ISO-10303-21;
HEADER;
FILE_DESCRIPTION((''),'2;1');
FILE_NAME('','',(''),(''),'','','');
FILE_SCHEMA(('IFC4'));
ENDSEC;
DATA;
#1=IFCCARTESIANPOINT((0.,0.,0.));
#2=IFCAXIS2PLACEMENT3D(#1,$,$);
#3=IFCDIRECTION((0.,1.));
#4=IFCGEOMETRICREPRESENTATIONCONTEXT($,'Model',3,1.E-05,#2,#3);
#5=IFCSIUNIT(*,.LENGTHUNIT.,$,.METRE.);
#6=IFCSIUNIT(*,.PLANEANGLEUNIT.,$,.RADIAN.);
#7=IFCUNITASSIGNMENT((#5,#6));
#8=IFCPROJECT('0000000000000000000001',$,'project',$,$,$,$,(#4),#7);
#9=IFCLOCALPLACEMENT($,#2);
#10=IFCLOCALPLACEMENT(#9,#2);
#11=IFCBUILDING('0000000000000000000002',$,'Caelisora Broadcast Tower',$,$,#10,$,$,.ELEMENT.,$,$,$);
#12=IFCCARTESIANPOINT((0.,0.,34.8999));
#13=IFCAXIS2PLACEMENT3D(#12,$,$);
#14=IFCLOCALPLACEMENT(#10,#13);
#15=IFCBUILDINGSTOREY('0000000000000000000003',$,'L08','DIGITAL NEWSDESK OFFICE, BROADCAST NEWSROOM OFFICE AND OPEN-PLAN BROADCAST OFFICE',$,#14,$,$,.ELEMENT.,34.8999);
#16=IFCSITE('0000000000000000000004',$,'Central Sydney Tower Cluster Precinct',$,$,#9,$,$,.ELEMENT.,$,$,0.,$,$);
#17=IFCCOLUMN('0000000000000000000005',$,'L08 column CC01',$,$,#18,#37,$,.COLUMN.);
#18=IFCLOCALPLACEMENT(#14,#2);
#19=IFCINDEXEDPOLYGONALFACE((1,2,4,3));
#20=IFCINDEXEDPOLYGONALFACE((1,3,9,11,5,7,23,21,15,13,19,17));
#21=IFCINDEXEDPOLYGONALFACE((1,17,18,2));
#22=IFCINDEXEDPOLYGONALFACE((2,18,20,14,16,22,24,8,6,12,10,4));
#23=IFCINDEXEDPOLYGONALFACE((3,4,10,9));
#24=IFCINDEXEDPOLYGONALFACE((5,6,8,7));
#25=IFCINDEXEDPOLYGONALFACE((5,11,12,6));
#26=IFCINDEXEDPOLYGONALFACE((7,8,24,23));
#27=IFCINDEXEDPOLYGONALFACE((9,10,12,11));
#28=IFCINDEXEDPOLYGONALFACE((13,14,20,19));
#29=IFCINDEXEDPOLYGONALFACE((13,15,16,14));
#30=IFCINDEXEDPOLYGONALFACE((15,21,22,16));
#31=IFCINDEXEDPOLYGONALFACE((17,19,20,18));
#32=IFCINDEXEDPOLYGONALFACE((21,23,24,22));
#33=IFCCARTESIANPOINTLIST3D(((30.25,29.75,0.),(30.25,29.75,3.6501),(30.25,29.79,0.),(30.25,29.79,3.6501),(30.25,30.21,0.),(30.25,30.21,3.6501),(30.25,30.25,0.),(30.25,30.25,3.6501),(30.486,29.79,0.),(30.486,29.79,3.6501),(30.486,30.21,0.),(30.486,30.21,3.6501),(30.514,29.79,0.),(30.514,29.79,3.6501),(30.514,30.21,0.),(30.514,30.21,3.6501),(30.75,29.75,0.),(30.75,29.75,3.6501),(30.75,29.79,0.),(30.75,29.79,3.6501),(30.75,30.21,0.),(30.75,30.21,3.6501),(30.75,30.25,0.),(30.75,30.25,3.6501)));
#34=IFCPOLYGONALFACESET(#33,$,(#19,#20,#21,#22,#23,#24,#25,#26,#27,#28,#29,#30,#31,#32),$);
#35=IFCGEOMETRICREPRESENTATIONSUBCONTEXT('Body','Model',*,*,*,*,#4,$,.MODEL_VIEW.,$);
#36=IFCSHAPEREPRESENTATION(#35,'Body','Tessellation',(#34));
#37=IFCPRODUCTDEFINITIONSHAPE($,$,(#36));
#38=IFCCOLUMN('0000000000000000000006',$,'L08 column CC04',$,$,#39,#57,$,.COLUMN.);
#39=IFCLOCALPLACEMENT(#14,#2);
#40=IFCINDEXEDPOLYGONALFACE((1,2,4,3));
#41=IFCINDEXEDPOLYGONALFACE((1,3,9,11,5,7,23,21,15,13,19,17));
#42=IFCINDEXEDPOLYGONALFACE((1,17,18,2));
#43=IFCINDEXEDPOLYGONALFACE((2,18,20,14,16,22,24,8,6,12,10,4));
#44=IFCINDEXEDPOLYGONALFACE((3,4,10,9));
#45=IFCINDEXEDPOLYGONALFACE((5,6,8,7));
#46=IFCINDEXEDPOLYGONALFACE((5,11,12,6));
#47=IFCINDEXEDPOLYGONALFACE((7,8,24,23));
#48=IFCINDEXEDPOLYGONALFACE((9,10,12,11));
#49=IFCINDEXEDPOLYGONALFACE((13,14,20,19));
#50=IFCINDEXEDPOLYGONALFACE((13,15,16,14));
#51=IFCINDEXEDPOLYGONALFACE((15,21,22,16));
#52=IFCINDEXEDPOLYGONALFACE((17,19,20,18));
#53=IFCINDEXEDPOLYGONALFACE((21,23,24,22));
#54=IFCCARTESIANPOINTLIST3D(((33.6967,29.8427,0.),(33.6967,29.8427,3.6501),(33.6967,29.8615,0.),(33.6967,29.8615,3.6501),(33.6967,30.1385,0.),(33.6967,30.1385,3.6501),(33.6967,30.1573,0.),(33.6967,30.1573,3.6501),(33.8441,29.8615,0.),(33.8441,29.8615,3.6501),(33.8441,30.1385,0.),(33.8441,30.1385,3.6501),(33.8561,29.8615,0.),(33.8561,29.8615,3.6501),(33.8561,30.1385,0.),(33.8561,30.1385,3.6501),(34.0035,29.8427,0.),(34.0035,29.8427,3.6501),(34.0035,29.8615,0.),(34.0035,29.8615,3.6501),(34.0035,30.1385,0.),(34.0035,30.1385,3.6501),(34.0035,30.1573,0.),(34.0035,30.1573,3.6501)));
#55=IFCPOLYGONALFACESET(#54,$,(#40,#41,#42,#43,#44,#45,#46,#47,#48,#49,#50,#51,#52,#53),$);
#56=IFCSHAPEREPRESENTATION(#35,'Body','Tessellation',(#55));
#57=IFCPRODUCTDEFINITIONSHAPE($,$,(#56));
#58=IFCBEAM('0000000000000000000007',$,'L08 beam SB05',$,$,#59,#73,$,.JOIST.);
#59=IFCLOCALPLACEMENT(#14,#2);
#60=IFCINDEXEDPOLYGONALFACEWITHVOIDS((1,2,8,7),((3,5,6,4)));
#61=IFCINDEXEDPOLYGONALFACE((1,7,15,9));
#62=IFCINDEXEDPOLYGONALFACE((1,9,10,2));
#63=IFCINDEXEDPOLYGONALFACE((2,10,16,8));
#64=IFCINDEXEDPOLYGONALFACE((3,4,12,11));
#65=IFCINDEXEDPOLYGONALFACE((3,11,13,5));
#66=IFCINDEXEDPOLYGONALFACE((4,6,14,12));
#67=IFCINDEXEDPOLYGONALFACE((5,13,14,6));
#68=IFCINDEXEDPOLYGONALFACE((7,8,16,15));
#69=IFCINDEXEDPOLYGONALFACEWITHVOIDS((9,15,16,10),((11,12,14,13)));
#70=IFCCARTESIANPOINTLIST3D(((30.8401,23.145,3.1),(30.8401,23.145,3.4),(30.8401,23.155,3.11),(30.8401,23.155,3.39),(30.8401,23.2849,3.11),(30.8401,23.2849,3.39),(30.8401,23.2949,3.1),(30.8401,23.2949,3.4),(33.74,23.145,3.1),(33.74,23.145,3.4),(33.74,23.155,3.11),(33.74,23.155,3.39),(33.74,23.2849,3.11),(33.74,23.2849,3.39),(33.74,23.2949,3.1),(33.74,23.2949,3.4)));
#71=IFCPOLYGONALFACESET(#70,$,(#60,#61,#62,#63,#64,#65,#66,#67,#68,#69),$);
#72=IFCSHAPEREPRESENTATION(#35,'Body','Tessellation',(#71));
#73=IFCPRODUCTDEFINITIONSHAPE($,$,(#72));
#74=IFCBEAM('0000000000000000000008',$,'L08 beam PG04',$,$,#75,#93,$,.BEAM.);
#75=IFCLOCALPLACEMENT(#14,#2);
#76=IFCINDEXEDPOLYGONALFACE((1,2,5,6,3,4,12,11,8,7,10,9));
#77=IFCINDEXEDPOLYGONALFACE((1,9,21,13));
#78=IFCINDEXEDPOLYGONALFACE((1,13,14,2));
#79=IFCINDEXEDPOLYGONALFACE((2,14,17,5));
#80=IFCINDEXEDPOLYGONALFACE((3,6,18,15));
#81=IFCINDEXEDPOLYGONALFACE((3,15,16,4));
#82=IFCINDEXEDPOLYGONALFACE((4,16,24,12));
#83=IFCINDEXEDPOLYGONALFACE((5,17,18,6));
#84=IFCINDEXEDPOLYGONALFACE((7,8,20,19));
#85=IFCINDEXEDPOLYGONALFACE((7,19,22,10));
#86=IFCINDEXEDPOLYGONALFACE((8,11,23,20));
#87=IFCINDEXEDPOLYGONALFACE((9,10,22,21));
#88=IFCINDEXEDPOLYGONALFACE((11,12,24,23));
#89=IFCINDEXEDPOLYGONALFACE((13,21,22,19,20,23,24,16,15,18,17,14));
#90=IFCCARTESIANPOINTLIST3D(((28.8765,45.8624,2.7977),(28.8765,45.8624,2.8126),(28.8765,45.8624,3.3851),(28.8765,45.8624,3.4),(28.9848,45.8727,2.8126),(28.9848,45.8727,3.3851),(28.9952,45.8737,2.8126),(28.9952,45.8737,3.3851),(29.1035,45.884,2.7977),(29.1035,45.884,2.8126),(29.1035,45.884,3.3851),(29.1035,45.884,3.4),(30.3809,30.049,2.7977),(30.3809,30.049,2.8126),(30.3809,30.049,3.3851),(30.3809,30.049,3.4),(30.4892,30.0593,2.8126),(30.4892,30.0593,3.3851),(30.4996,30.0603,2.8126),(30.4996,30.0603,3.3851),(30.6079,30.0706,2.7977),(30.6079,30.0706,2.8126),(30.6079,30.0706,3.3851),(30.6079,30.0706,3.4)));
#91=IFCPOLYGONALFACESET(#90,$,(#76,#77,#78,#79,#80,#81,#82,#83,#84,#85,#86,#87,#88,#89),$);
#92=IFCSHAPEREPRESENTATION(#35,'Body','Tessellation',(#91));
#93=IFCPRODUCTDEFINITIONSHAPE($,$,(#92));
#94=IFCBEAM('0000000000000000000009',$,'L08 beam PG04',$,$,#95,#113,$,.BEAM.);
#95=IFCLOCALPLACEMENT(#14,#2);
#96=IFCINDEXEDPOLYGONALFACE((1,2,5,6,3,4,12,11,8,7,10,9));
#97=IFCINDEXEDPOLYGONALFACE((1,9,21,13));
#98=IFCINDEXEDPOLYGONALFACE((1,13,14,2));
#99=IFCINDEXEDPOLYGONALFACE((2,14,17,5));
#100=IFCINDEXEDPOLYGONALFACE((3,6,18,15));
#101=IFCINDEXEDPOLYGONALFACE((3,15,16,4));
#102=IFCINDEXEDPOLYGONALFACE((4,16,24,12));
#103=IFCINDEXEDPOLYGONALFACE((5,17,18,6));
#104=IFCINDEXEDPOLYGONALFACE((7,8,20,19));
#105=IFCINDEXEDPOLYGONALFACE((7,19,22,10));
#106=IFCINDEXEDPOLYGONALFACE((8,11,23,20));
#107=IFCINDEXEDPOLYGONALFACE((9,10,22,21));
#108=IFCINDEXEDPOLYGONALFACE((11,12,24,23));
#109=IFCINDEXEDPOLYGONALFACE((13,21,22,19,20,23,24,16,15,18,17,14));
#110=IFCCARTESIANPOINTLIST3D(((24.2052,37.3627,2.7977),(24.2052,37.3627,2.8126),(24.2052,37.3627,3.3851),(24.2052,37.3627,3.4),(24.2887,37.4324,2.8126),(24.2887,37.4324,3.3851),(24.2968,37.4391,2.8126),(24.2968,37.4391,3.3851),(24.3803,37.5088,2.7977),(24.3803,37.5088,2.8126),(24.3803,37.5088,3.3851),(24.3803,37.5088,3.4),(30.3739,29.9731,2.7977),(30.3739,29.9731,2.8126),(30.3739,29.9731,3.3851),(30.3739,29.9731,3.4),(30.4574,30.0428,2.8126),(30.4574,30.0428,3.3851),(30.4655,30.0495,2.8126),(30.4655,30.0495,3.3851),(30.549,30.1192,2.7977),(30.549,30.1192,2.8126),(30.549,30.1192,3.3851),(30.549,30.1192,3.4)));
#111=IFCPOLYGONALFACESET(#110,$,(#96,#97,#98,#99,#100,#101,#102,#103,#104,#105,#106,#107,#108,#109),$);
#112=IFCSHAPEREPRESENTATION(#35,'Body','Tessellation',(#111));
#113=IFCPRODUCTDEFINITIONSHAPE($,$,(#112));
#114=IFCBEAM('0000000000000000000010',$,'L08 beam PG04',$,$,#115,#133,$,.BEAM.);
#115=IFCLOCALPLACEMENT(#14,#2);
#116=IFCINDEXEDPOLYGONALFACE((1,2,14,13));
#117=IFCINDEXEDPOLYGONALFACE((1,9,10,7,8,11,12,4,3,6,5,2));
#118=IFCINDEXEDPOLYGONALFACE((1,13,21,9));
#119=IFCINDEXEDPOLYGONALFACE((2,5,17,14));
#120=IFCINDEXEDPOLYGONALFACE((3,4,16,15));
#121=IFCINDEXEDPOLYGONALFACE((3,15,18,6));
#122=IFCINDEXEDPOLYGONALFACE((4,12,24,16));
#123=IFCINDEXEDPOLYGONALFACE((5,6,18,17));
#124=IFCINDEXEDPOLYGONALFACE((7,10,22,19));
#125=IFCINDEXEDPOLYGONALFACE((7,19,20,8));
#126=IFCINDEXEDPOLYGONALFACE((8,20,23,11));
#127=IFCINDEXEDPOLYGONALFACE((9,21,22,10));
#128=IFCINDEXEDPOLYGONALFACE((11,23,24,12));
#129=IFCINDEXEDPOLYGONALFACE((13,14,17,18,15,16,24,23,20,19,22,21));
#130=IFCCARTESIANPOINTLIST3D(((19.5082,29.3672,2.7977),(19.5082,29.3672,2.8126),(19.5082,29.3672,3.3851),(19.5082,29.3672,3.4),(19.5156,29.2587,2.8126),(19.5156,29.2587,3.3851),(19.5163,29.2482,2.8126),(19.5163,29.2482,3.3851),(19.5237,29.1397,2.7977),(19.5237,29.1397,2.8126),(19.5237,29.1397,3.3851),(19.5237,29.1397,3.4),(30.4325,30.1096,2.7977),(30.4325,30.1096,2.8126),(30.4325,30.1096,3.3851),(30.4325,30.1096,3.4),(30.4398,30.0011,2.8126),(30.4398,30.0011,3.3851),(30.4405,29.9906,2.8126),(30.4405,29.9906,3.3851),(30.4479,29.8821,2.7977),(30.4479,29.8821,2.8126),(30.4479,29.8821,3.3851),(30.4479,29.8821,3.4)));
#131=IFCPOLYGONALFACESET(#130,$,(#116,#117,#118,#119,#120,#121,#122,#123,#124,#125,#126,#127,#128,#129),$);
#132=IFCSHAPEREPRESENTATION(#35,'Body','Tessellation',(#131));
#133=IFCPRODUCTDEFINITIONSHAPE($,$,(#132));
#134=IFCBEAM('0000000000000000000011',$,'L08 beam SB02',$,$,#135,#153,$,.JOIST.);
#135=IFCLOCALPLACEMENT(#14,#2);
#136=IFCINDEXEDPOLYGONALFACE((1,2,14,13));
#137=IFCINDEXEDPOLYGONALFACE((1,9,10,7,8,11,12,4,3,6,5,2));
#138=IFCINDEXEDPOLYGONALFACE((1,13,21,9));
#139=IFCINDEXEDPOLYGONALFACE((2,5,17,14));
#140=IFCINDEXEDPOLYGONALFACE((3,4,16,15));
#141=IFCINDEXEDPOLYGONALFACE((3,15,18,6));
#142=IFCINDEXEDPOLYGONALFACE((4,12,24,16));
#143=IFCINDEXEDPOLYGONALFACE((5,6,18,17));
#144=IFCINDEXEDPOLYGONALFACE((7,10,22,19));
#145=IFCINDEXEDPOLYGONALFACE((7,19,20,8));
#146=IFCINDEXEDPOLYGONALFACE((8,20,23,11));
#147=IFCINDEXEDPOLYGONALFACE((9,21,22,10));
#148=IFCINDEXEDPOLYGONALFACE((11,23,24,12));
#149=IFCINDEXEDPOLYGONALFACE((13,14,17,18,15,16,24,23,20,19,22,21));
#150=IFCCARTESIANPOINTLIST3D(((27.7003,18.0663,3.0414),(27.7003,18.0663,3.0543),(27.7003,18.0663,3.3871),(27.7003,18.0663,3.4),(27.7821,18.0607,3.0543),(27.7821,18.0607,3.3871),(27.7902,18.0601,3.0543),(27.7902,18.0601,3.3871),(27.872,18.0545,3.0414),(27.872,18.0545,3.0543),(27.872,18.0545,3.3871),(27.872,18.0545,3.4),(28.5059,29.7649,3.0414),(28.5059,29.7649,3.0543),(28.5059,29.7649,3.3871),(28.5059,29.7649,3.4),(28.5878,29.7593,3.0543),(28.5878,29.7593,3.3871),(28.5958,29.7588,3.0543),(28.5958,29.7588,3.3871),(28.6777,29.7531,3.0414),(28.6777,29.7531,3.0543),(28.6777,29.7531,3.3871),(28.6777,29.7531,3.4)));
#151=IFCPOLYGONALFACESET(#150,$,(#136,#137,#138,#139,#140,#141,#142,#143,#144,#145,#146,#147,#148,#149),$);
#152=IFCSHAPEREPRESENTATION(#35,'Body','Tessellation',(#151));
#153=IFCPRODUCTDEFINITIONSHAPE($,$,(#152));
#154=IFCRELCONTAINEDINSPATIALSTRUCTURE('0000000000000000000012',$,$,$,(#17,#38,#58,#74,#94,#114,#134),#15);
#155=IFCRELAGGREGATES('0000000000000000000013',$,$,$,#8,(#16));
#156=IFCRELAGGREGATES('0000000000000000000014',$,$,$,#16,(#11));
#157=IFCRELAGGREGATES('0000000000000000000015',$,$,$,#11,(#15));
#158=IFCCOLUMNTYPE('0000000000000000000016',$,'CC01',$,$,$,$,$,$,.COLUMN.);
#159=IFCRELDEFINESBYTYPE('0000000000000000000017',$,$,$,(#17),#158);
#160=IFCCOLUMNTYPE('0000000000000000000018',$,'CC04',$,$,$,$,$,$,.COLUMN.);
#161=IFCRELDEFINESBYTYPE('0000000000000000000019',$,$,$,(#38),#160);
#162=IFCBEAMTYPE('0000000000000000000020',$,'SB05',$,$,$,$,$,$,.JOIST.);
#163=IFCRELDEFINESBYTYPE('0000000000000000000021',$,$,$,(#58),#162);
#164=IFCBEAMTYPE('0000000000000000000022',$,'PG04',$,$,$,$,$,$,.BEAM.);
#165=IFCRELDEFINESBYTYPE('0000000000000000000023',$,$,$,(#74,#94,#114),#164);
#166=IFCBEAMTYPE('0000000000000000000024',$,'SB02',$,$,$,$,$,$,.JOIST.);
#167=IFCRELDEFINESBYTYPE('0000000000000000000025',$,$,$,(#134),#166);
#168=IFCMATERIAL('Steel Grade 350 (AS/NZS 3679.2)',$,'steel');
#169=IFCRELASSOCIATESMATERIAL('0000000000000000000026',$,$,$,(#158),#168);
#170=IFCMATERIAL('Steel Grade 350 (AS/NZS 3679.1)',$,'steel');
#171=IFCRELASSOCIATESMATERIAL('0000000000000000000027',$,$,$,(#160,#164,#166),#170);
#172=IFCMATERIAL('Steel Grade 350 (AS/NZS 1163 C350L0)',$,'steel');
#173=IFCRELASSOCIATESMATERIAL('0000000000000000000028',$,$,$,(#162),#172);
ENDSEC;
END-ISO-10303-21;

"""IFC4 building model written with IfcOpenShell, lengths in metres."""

from ifc_helpers import new_model, si_unit, direction, frame, origin, origin_2d, place, context, subcontext, project, spatial, hollow_rectangle, i_section, extrude, source, transform, mapped, material, material_profile, profile_set, type_object, type_shapes, element, save


model = new_model("IFC4")

# Units and contexts
model_context = context("Model", 3, precision=1e-05, world=origin(), true_north=direction((0.0, 1.0)))
body_context = subcontext(model_context, "Body", "Model", "MODEL_VIEW")
ifc_project = project(units=[si_unit("LENGTHUNIT", "METRE"), si_unit("PLANEANGLEUNIT", "RADIAN")], contexts=[model_context])

# Site, building, storey
site_placement = place(None, origin())
site = spatial("IfcSite", under=ifc_project, at=site_placement, Name="Central Sydney Tower Cluster Precinct", CompositionType="ELEMENT", RefElevation=0.0)
building_placement = place(site_placement, origin())
building = spatial("IfcBuilding", under=site, at=building_placement, Name="Caelisora Broadcast Tower", CompositionType="ELEMENT")
storey_placement = place(building_placement, frame((0.0, 0.0, 34.8999)))
storey = spatial("IfcBuildingStorey", under=building, at=storey_placement, Name="L08", Description="DIGITAL NEWSDESK OFFICE, BROADCAST NEWSROOM OFFICE AND OPEN-PLAN BROADCAST OFFICE", CompositionType="ELEMENT", Elevation=34.8999)

# Columns
ifc_material_1 = material(Name="Steel Grade 350 (AS/NZS 3679.2)", Category="steel")
ifc_material_profile_1 = material_profile(ifc_material_1, i_section(OverallWidth=0.5, OverallDepth=0.5, WebThickness=0.0281, FlangeThickness=0.04, at=origin_2d()), Name="Steel Grade 350 (AS/NZS 3679.2)")
ifc_profile_set_1 = profile_set([ifc_material_profile_1], Name="Steel Grade 350 (AS/NZS 3679.2)")
column_type_1 = type_object("IfcColumnType", Name="CC01", PredefinedType="COLUMN", material=ifc_profile_set_1)
shared_shape_1 = source(origin(), body_context, "Body", "SweptSolid", [
    extrude(i_section(OverallWidth=0.5, OverallDepth=0.5, WebThickness=0.0281, FlangeThickness=0.04, at=origin_2d()), origin(), (0.0, 0.0, 1.0), 3.6501),
])
type_shapes(column_type_1, [shared_shape_1])
column_1_placement = place(storey_placement, frame((30.5, 30.0, 0.0), z_axis=(0.0, 0.0, 1.0), x_axis=(1.0, 0.0, 0.0)))
element("IfcColumn", 1, at=column_1_placement, inside=storey, type_object=column_type_1, Name="L08 column CC01", PredefinedType="COLUMN", context=body_context, shape_type="MappedRepresentation", body=[
    mapped(shared_shape_1, transform((0.0, 0.0, 0.0), scale=1.0)),
])
ifc_material_2 = material(Name="Steel Grade 350 (AS/NZS 3679.1)", Category="steel")
ifc_material_profile_2 = material_profile(ifc_material_2, i_section(OverallWidth=0.3069, OverallDepth=0.3147, WebThickness=0.012, FlangeThickness=0.0188, at=origin_2d()), Name="Steel Grade 350 (AS/NZS 3679.1)")
ifc_profile_set_2 = profile_set([ifc_material_profile_2], Name="Steel Grade 350 (AS/NZS 3679.1)")
column_type_2 = type_object("IfcColumnType", Name="CC04", PredefinedType="COLUMN", material=ifc_profile_set_2)
shared_shape_2 = source(origin(), body_context, "Body", "SweptSolid", [
    extrude(i_section(OverallWidth=0.3069, OverallDepth=0.3147, WebThickness=0.012, FlangeThickness=0.0188, at=origin_2d()), origin(), (0.0, 0.0, 1.0), 3.6501),
])
type_shapes(column_type_2, [shared_shape_2])
column_2_placement = place(storey_placement, frame((33.8501, 30.0, 0.0), z_axis=(0.0, 0.0, 1.0), x_axis=(1.0, 0.0, 0.0)))
element("IfcColumn", 2, at=column_2_placement, inside=storey, type_object=column_type_2, Name="L08 column CC04", PredefinedType="COLUMN", context=body_context, shape_type="MappedRepresentation", body=[
    mapped(shared_shape_2, transform((0.0, 0.0, 0.0), scale=1.0)),
])

# Beams
ifc_material_3 = material(Name="Steel Grade 350 (AS/NZS 1163 C350L0)", Category="steel")
ifc_material_profile_3 = material_profile(ifc_material_3, hollow_rectangle(XDim=0.1499, YDim=0.3, WallThickness=0.01, at=origin_2d()), Name="Steel Grade 350 (AS/NZS 1163 C350L0)")
ifc_profile_set_3 = profile_set([ifc_material_profile_3], Name="Steel Grade 350 (AS/NZS 1163 C350L0)")
beam_type_1 = type_object("IfcBeamType", Name="SB05", PredefinedType="JOIST", material=ifc_profile_set_3)
shared_shape_3 = source(origin(), body_context, "Body", "SweptSolid", [
    extrude(hollow_rectangle(XDim=0.1499, YDim=0.3, WallThickness=0.01, at=origin_2d()), origin(), (0.0, 0.0, 1.0), 2.8999),
])
type_shapes(beam_type_1, [shared_shape_3])
beam_1_placement = place(storey_placement, frame((30.8401, 23.22, 3.25), z_axis=(1.0, 0.0, 0.0), x_axis=(0.0, 1.0, 0.0)))
element("IfcBeam", 3, at=beam_1_placement, inside=storey, type_object=beam_type_1, Name="L08 beam SB05", PredefinedType="JOIST", context=body_context, shape_type="MappedRepresentation", body=[
    mapped(shared_shape_3, transform((0.0, 0.0, 0.0), scale=1.0)),
])
ifc_material_profile_4 = material_profile(ifc_material_2, i_section(OverallWidth=0.228, OverallDepth=0.6023, WebThickness=0.0105, FlangeThickness=0.0149, at=origin_2d()), Name="Steel Grade 350 (AS/NZS 3679.1)")
ifc_profile_set_4 = profile_set([ifc_material_profile_4], Name="Steel Grade 350 (AS/NZS 3679.1)")
beam_type_2 = type_object("IfcBeamType", Name="PG04", PredefinedType="BEAM", material=ifc_profile_set_4)
shared_shape_4 = source(origin(), body_context, "Body", "SweptSolid", [
    extrude(i_section(OverallWidth=0.228, OverallDepth=0.6023, WebThickness=0.0105, FlangeThickness=0.0149, at=origin_2d()), origin(), (0.0, 0.0, 1.0), 15.8848),
])
beam_2_placement = place(storey_placement, frame((30.4944, 30.0598, 3.0989), z_axis=(-0.094706, 0.995505, 0.0), x_axis=(-0.995505, -0.094706, 0.0)))
element("IfcBeam", 4, at=beam_2_placement, inside=storey, type_object=beam_type_2, Name="L08 beam PG04", PredefinedType="BEAM", context=body_context, shape_type="MappedRepresentation", body=[
    mapped(shared_shape_4, transform((0.0, 0.0, 0.0), scale=1.0)),
])
shared_shape_5 = source(origin(), body_context, "Body", "SweptSolid", [
    extrude(i_section(OverallWidth=0.228, OverallDepth=0.6023, WebThickness=0.0105, FlangeThickness=0.0149, at=origin_2d()), origin(), (0.0, 0.0, 1.0), 9.626),
])
beam_3_placement = place(storey_placement, frame((30.4614, 30.0461, 3.0989), z_axis=(-0.640838, 0.767676, 0.0), x_axis=(-0.767676, -0.640838, 0.0)))
element("IfcBeam", 5, at=beam_3_placement, inside=storey, type_object=beam_type_2, Name="L08 beam PG04", PredefinedType="BEAM", context=body_context, shape_type="MappedRepresentation", body=[
    mapped(shared_shape_5, transform((0.0, 0.0, 0.0), scale=1.0)),
])
shared_shape_6 = source(origin(), body_context, "Body", "SweptSolid", [
    extrude(i_section(OverallWidth=0.228, OverallDepth=0.6023, WebThickness=0.0105, FlangeThickness=0.0149, at=origin_2d()), origin(), (0.0, 0.0, 1.0), 10.9495),
])
type_shapes(beam_type_2, [shared_shape_4, shared_shape_5, shared_shape_6])
beam_4_placement = place(storey_placement, frame((30.4402, 29.9958, 3.0989), z_axis=(-0.997699, -0.067805, 0.0), x_axis=(0.067805, -0.997699, 0.0)))
element("IfcBeam", 6, at=beam_4_placement, inside=storey, type_object=beam_type_2, Name="L08 beam PG04", PredefinedType="BEAM", context=body_context, shape_type="MappedRepresentation", body=[
    mapped(shared_shape_6, transform((0.0, 0.0, 0.0), scale=1.0)),
])
ifc_material_profile_5 = material_profile(ifc_material_2, i_section(OverallWidth=0.1721, OverallDepth=0.3586, WebThickness=0.0081, FlangeThickness=0.0129, at=origin_2d()), Name="Steel Grade 350 (AS/NZS 3679.1)")
ifc_profile_set_5 = profile_set([ifc_material_profile_5], Name="Steel Grade 350 (AS/NZS 3679.1)")
beam_type_3 = type_object("IfcBeamType", Name="SB02", PredefinedType="JOIST", material=ifc_profile_set_5)
shared_shape_7 = source(origin(), body_context, "Body", "SweptSolid", [
    extrude(i_section(OverallWidth=0.1721, OverallDepth=0.3586, WebThickness=0.0081, FlangeThickness=0.0129, at=origin_2d()), origin(), (0.0, 0.0, 1.0), 11.7263),
])
beam_5_placement = place(storey_placement, frame((28.5918, 29.759, 3.2207), z_axis=(-0.068705, -0.997637, 0.0), x_axis=(0.997637, -0.068705, 0.0)))
element("IfcBeam", 7, at=beam_5_placement, inside=storey, type_object=beam_type_3, Name="L08 beam SB02", PredefinedType="JOIST", context=body_context, shape_type="MappedRepresentation", body=[
    mapped(shared_shape_7, transform((0.0, 0.0, 0.0), scale=1.0)),
])

save(model, "model.ifc")
